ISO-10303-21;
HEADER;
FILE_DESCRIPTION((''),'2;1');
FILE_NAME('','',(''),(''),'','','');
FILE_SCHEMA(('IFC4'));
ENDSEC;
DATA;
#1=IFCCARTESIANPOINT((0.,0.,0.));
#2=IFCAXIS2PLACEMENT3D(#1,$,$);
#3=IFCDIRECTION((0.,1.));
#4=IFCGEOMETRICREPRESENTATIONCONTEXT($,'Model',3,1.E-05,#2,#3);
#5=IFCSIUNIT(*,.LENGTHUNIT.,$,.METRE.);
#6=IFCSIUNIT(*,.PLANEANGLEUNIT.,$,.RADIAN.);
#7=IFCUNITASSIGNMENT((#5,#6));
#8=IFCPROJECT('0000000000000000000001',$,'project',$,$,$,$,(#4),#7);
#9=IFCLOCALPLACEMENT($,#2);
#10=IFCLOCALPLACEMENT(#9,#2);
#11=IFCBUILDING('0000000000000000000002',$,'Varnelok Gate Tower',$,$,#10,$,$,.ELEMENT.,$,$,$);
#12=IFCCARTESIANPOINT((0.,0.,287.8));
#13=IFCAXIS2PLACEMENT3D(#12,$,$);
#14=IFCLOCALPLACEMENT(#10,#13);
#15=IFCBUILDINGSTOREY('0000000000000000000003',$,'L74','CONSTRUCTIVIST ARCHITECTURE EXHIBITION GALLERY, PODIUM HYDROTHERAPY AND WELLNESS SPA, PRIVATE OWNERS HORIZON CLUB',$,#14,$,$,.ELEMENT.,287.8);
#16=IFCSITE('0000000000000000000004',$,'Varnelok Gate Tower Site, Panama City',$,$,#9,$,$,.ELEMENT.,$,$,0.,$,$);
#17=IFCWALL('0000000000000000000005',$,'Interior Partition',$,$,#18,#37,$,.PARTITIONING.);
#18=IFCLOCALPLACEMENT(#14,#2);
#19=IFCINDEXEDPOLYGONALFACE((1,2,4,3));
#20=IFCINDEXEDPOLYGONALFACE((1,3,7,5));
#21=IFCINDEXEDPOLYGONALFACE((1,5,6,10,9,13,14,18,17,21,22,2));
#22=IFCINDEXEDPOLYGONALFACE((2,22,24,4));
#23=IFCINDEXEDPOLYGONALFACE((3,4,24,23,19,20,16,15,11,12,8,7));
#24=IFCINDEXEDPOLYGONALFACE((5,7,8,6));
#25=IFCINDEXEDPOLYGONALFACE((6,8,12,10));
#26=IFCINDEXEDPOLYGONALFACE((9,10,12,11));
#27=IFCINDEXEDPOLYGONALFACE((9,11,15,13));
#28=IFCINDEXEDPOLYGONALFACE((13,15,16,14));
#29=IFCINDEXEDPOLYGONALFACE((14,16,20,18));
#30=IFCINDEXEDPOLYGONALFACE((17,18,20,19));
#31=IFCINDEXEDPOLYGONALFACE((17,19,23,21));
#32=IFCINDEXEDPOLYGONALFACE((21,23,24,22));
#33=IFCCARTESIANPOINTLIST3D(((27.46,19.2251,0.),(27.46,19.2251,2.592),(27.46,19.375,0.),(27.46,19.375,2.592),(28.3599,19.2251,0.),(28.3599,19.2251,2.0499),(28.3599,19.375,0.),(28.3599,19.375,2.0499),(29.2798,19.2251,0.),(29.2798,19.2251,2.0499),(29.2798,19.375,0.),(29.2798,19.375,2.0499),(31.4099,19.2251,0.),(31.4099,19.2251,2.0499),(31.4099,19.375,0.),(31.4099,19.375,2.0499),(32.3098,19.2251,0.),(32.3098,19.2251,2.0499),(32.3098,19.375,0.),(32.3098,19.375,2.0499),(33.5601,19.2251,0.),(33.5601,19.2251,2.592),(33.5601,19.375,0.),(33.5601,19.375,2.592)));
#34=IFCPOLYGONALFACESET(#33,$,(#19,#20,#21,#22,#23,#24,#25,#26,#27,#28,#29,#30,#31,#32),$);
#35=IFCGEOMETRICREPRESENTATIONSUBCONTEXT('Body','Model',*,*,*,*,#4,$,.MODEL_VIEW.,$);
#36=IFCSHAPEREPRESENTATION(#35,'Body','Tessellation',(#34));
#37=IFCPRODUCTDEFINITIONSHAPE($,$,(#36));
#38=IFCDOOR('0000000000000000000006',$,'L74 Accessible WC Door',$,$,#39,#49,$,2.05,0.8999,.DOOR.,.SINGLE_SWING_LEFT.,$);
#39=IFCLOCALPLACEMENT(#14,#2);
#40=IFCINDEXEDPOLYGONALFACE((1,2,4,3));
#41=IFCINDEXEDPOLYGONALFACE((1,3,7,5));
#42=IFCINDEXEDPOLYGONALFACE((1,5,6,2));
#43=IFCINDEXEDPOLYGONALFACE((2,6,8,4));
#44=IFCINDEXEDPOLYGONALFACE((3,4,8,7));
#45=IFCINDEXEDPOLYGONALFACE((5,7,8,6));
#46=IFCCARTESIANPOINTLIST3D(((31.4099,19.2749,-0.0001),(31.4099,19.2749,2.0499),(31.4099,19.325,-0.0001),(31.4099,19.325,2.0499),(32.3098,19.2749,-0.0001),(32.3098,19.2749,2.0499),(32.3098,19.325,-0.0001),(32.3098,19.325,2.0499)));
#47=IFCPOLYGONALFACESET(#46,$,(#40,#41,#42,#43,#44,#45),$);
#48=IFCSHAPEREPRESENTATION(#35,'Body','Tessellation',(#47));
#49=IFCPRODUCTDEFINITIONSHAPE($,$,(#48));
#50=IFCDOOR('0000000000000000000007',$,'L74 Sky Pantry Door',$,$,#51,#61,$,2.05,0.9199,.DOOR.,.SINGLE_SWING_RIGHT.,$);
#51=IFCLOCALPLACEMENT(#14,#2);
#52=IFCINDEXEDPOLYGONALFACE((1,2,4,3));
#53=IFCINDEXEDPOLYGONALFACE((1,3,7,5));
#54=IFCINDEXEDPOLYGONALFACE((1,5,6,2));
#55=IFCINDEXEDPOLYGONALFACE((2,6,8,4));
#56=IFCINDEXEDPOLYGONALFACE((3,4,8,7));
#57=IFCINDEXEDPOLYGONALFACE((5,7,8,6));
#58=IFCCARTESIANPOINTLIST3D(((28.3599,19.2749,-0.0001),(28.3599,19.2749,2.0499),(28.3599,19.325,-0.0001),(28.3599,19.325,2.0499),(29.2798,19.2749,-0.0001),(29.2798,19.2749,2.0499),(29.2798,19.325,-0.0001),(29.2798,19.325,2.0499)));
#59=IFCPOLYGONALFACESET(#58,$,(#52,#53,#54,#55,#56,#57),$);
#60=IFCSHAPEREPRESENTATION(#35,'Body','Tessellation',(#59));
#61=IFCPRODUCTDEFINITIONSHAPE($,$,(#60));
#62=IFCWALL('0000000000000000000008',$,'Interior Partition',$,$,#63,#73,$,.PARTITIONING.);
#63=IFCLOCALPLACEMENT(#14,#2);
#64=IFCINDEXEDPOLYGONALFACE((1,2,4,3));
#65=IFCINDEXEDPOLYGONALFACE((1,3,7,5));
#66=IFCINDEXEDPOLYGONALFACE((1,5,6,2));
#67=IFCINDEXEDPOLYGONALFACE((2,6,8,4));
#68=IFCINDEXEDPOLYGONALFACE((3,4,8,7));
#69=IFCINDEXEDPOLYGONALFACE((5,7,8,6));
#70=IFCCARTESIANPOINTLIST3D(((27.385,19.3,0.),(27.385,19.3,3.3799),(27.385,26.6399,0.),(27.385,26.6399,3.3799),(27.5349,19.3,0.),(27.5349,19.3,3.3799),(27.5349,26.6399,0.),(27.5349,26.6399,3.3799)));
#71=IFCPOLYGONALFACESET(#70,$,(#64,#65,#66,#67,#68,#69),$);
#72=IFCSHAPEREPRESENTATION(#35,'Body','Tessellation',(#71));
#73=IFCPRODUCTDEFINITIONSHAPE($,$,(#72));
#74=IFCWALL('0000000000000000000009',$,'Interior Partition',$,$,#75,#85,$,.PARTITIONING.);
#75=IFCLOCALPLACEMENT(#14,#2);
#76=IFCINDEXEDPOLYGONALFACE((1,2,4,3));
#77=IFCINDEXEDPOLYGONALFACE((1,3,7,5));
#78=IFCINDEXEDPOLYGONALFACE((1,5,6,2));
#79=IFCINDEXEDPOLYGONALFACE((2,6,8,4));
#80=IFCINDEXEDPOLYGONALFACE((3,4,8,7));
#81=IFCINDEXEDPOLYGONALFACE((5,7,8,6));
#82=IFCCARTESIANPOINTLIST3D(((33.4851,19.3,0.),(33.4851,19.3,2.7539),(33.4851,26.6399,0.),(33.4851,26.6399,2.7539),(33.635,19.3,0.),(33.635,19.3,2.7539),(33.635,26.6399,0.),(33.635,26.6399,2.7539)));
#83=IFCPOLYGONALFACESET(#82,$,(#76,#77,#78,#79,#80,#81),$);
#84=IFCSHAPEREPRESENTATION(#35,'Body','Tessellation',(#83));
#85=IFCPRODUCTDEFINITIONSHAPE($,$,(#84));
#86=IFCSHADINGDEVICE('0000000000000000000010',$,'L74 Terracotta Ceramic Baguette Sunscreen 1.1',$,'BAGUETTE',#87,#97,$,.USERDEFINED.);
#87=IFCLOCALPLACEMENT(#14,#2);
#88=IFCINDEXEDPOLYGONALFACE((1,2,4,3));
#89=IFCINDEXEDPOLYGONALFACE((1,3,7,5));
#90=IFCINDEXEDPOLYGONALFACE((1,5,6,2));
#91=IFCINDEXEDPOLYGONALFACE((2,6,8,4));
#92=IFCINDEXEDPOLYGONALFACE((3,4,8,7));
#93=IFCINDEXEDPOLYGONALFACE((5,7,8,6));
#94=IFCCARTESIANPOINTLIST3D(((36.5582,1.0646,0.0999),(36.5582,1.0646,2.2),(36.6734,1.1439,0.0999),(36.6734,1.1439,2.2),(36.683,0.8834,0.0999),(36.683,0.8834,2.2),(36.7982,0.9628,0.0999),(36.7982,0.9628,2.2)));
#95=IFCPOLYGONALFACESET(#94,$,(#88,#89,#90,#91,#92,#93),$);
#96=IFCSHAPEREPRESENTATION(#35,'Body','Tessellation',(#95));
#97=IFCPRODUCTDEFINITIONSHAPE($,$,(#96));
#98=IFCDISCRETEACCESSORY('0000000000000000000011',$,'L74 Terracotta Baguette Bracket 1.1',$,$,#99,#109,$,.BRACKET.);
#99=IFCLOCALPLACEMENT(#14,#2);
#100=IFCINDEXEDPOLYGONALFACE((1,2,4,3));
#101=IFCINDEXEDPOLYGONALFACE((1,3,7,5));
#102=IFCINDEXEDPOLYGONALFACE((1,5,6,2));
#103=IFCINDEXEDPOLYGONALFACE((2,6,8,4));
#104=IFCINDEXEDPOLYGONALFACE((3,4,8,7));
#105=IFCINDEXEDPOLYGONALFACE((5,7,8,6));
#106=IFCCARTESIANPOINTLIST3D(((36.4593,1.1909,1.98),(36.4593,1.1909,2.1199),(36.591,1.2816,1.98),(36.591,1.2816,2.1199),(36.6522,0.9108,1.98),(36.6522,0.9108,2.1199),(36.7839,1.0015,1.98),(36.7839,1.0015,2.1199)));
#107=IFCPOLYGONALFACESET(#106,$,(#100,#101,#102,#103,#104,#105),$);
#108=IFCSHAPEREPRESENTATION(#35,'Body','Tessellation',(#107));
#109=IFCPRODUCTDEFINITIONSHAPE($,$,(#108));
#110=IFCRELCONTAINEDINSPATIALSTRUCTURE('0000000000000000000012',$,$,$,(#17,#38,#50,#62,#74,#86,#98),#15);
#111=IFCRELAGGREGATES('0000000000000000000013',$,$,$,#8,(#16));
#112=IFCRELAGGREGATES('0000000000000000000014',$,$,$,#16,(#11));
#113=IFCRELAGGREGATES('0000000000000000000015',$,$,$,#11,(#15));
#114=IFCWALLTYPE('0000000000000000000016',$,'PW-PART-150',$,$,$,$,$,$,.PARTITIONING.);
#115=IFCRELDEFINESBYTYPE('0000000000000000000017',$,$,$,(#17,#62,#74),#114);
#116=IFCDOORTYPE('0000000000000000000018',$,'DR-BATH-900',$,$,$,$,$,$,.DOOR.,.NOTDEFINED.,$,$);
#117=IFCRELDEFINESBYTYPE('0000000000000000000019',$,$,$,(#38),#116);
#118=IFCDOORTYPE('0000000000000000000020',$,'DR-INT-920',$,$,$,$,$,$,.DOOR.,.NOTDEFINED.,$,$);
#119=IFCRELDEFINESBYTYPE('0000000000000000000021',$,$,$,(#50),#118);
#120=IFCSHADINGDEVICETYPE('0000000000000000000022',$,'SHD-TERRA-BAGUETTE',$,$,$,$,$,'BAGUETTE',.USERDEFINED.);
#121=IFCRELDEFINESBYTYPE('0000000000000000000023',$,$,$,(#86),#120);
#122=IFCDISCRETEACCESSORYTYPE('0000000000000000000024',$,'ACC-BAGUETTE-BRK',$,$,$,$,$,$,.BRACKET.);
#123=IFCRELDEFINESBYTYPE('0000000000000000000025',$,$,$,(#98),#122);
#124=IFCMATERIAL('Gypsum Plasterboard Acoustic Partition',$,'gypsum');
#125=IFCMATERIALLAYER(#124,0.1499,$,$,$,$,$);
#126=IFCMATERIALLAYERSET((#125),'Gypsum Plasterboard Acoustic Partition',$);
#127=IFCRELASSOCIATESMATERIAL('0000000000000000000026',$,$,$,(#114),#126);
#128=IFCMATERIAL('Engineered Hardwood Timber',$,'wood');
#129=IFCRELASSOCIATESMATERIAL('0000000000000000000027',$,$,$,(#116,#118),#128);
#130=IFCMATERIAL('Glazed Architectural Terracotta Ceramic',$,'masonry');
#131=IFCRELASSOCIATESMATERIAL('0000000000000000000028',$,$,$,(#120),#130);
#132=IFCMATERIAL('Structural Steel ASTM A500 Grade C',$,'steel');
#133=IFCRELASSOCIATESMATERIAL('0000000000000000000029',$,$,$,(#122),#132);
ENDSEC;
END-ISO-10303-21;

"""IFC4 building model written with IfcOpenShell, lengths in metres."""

from ifc_helpers import new_model, si_unit, direction, frame, frame_2d, origin, origin_2d, place, context, subcontext, project, spatial, rectangle, extrude, source, transform, mapped, material, layer, layer_set, type_object, element, fill, save


model = new_model("IFC4")

# Units and contexts
model_context = context("Model", 3, precision=1e-05, world=origin(), true_north=direction((0.0, 1.0)))
body_context = subcontext(model_context, "Body", "Model", "MODEL_VIEW")
ifc_project = project(units=[si_unit("LENGTHUNIT", "METRE"), si_unit("PLANEANGLEUNIT", "RADIAN")], contexts=[model_context])

# Site, building, storey
site_placement = place(None, origin())
site = spatial("IfcSite", under=ifc_project, at=site_placement, Name="Varnelok Gate Tower Site, Panama City", CompositionType="ELEMENT", RefElevation=0.0)
building_placement = place(site_placement, origin())
building = spatial("IfcBuilding", under=site, at=building_placement, Name="Varnelok Gate Tower", CompositionType="ELEMENT")
storey_placement = place(building_placement, frame((0.0, 0.0, 287.8)))
storey = spatial("IfcBuildingStorey", under=building, at=storey_placement, Name="L74", Description="CONSTRUCTIVIST ARCHITECTURE EXHIBITION GALLERY, PODIUM HYDROTHERAPY AND WELLNESS SPA, PRIVATE OWNERS HORIZON CLUB", CompositionType="ELEMENT", Elevation=287.8)

# Shared definitions
ifc_material_1 = material(Name="Gypsum Plasterboard Acoustic Partition", Category="gypsum")

# Shared definitions
ifc_material_2 = material(Name="Engineered Hardwood Timber", Category="wood")

# Wall, openings, doors
ifc_layer_1 = layer(ifc_material_1, 0.1499)
ifc_layer_set_1 = layer_set([ifc_layer_1], Name="Gypsum Plasterboard Acoustic Partition")
wall_type_1 = type_object("IfcWallType", Name="PW-PART-150", PredefinedType="PARTITIONING", material=ifc_layer_set_1)
wall_1_placement = place(storey_placement, frame((27.46, 19.3, 0.0), z_axis=(0.0, 0.0, 1.0), x_axis=(1.0, 0.0, 0.0)))
wall_1 = element("IfcWall", 1, at=wall_1_placement, inside=storey, type_object=wall_type_1, Name="Interior Partition", PredefinedType="PARTITIONING", context=body_context, shape_type="SweptSolid", body=[
    extrude(rectangle(XDim=6.1001, YDim=0.1499, at=frame_2d((3.05, 0.0))), origin(), (0.0, 0.0, 1.0), 2.592),
])
opening_1_placement = place(wall_1_placement, frame((0.8999, 0.0, 0.0)))
opening_1 = element("IfcOpeningElement", 2, at=opening_1_placement, cuts=wall_1, PredefinedType="OPENING", context=body_context, shape_type="SweptSolid", body=[
    extrude(rectangle(XDim=0.9199, YDim=2.05, at=frame_2d((0.46, 1.0249))), frame((0.0, 0.085, 0.0), z_axis=(0.0, -1.0, 0.0), x_axis=(1.0, 0.0, 0.0)), (0.0, 0.0, 1.0), 0.1699),
])
opening_2_placement = place(wall_1_placement, frame((3.95, 0.0, 0.0)))
opening_2 = element("IfcOpeningElement", 3, at=opening_2_placement, cuts=wall_1, PredefinedType="OPENING", context=body_context, shape_type="SweptSolid", body=[
    extrude(rectangle(XDim=0.8999, YDim=2.05, at=frame_2d((0.45, 1.0249))), frame((0.0, 0.085, 0.0), z_axis=(0.0, -1.0, 0.0), x_axis=(1.0, 0.0, 0.0)), (0.0, 0.0, 1.0), 0.1699),
])
door_type_1 = type_object("IfcDoorType", Name="DR-BATH-900", OperationType="NOTDEFINED", PredefinedType="DOOR", material=ifc_material_2)
door_1_placement = place(opening_2_placement, origin())
door_1 = element("IfcDoor", 4, at=door_1_placement, inside=storey, type_object=door_type_1, Name="L74 Accessible WC Door", OperationType="SINGLE_SWING_LEFT", OverallHeight=2.05, OverallWidth=0.8999, PredefinedType="DOOR", context=body_context, shape_type="SweptSolid", body=[
    extrude(rectangle(XDim=0.8999, YDim=2.05, at=frame_2d((0.45, 1.0249))), frame((0.0, 0.0249, 0.0), z_axis=(0.0, -1.0, 0.0), x_axis=(1.0, 0.0, 0.0)), (0.0, 0.0, 1.0), 0.05),
])
fill(opening_2, door_1)
door_type_2 = type_object("IfcDoorType", Name="DR-INT-920", OperationType="NOTDEFINED", PredefinedType="DOOR", material=ifc_material_2)
door_2_placement = place(opening_1_placement, origin())
door_2 = element("IfcDoor", 5, at=door_2_placement, inside=storey, type_object=door_type_2, Name="L74 Sky Pantry Door", OperationType="SINGLE_SWING_RIGHT", OverallHeight=2.05, OverallWidth=0.9199, PredefinedType="DOOR", context=body_context, shape_type="SweptSolid", body=[
    extrude(rectangle(XDim=0.9199, YDim=2.05, at=frame_2d((0.46, 1.0249))), frame((0.0, 0.0249, 0.0), z_axis=(0.0, -1.0, 0.0), x_axis=(1.0, 0.0, 0.0)), (0.0, 0.0, 1.0), 0.05),
])
fill(opening_1, door_2)

# Walls
wall_2_placement = place(storey_placement, frame((27.46, 19.3, 0.0), z_axis=(0.0, 0.0, 1.0), x_axis=(0.0, 1.0, 0.0)))
element("IfcWall", 6, at=wall_2_placement, inside=storey, type_object=wall_type_1, Name="Interior Partition", PredefinedType="PARTITIONING", context=body_context, shape_type="SweptSolid", body=[
    extrude(rectangle(XDim=7.3398, YDim=0.1499, at=frame_2d((3.6699, 0.0))), origin(), (0.0, 0.0, 1.0), 3.3799),
])
wall_3_placement = place(storey_placement, frame((33.5601, 19.3, 0.0), z_axis=(0.0, 0.0, 1.0), x_axis=(0.0, 1.0, 0.0)))
element("IfcWall", 7, at=wall_3_placement, inside=storey, type_object=wall_type_1, Name="Interior Partition", PredefinedType="PARTITIONING", context=body_context, shape_type="SweptSolid", body=[
    extrude(rectangle(XDim=7.3398, YDim=0.1499, at=frame_2d((3.6699, 0.0))), origin(), (0.0, 0.0, 1.0), 2.7539),
])

# Shading device
ifc_material_3 = material(Name="Glazed Architectural Terracotta Ceramic", Category="masonry")
shading_device_type = type_object("IfcShadingDeviceType", Name="SHD-TERRA-BAGUETTE", ElementType="BAGUETTE", PredefinedType="USERDEFINED", material=ifc_material_3)
shared_shape_1 = source(origin(), body_context, "Body", "SweptSolid", [
    extrude(rectangle(XDim=0.1399, YDim=0.22, at=origin_2d()), origin(), (0.0, 0.0, 1.0), 2.1001),
])
shading_device_placement = place(storey_placement, frame((36.6782, 1.0137, 0.0999), z_axis=(0.0, 0.0, 1.0), x_axis=(0.823533, 0.567269, 0.0)))
element("IfcShadingDevice", 8, at=shading_device_placement, inside=storey, type_object=shading_device_type, Name="L74 Terracotta Ceramic Baguette Sunscreen 1.1", ObjectType="BAGUETTE", PredefinedType="USERDEFINED", context=body_context, shape_type="MappedRepresentation", body=[
    mapped(shared_shape_1, transform((0.0, 0.0, 0.0), scale=1.0)),
])

# Discrete accessory
ifc_material_4 = material(Name="Structural Steel ASTM A500 Grade C", Category="steel")
discrete_accessory_type = type_object("IfcDiscreteAccessoryType", Name="ACC-BAGUETTE-BRK", PredefinedType="BRACKET", material=ifc_material_4)
shared_shape_2 = source(origin(), body_context, "Body", "SweptSolid", [
    extrude(rectangle(XDim=0.1599, YDim=0.3401, at=origin_2d()), origin(), (0.0, 0.0, 1.0), 0.1399),
])
discrete_accessory_placement = place(storey_placement, frame((36.6216, 1.0962, 1.98), z_axis=(0.0, 0.0, 1.0), x_axis=(0.823533, 0.567269, 0.0)))
element("IfcDiscreteAccessory", 9, at=discrete_accessory_placement, inside=storey, type_object=discrete_accessory_type, Name="L74 Terracotta Baguette Bracket 1.1", PredefinedType="BRACKET", context=body_context, shape_type="MappedRepresentation", body=[
    mapped(shared_shape_2, transform((0.0, 0.0, 0.0), scale=1.0)),
])

save(model, "model.ifc")
